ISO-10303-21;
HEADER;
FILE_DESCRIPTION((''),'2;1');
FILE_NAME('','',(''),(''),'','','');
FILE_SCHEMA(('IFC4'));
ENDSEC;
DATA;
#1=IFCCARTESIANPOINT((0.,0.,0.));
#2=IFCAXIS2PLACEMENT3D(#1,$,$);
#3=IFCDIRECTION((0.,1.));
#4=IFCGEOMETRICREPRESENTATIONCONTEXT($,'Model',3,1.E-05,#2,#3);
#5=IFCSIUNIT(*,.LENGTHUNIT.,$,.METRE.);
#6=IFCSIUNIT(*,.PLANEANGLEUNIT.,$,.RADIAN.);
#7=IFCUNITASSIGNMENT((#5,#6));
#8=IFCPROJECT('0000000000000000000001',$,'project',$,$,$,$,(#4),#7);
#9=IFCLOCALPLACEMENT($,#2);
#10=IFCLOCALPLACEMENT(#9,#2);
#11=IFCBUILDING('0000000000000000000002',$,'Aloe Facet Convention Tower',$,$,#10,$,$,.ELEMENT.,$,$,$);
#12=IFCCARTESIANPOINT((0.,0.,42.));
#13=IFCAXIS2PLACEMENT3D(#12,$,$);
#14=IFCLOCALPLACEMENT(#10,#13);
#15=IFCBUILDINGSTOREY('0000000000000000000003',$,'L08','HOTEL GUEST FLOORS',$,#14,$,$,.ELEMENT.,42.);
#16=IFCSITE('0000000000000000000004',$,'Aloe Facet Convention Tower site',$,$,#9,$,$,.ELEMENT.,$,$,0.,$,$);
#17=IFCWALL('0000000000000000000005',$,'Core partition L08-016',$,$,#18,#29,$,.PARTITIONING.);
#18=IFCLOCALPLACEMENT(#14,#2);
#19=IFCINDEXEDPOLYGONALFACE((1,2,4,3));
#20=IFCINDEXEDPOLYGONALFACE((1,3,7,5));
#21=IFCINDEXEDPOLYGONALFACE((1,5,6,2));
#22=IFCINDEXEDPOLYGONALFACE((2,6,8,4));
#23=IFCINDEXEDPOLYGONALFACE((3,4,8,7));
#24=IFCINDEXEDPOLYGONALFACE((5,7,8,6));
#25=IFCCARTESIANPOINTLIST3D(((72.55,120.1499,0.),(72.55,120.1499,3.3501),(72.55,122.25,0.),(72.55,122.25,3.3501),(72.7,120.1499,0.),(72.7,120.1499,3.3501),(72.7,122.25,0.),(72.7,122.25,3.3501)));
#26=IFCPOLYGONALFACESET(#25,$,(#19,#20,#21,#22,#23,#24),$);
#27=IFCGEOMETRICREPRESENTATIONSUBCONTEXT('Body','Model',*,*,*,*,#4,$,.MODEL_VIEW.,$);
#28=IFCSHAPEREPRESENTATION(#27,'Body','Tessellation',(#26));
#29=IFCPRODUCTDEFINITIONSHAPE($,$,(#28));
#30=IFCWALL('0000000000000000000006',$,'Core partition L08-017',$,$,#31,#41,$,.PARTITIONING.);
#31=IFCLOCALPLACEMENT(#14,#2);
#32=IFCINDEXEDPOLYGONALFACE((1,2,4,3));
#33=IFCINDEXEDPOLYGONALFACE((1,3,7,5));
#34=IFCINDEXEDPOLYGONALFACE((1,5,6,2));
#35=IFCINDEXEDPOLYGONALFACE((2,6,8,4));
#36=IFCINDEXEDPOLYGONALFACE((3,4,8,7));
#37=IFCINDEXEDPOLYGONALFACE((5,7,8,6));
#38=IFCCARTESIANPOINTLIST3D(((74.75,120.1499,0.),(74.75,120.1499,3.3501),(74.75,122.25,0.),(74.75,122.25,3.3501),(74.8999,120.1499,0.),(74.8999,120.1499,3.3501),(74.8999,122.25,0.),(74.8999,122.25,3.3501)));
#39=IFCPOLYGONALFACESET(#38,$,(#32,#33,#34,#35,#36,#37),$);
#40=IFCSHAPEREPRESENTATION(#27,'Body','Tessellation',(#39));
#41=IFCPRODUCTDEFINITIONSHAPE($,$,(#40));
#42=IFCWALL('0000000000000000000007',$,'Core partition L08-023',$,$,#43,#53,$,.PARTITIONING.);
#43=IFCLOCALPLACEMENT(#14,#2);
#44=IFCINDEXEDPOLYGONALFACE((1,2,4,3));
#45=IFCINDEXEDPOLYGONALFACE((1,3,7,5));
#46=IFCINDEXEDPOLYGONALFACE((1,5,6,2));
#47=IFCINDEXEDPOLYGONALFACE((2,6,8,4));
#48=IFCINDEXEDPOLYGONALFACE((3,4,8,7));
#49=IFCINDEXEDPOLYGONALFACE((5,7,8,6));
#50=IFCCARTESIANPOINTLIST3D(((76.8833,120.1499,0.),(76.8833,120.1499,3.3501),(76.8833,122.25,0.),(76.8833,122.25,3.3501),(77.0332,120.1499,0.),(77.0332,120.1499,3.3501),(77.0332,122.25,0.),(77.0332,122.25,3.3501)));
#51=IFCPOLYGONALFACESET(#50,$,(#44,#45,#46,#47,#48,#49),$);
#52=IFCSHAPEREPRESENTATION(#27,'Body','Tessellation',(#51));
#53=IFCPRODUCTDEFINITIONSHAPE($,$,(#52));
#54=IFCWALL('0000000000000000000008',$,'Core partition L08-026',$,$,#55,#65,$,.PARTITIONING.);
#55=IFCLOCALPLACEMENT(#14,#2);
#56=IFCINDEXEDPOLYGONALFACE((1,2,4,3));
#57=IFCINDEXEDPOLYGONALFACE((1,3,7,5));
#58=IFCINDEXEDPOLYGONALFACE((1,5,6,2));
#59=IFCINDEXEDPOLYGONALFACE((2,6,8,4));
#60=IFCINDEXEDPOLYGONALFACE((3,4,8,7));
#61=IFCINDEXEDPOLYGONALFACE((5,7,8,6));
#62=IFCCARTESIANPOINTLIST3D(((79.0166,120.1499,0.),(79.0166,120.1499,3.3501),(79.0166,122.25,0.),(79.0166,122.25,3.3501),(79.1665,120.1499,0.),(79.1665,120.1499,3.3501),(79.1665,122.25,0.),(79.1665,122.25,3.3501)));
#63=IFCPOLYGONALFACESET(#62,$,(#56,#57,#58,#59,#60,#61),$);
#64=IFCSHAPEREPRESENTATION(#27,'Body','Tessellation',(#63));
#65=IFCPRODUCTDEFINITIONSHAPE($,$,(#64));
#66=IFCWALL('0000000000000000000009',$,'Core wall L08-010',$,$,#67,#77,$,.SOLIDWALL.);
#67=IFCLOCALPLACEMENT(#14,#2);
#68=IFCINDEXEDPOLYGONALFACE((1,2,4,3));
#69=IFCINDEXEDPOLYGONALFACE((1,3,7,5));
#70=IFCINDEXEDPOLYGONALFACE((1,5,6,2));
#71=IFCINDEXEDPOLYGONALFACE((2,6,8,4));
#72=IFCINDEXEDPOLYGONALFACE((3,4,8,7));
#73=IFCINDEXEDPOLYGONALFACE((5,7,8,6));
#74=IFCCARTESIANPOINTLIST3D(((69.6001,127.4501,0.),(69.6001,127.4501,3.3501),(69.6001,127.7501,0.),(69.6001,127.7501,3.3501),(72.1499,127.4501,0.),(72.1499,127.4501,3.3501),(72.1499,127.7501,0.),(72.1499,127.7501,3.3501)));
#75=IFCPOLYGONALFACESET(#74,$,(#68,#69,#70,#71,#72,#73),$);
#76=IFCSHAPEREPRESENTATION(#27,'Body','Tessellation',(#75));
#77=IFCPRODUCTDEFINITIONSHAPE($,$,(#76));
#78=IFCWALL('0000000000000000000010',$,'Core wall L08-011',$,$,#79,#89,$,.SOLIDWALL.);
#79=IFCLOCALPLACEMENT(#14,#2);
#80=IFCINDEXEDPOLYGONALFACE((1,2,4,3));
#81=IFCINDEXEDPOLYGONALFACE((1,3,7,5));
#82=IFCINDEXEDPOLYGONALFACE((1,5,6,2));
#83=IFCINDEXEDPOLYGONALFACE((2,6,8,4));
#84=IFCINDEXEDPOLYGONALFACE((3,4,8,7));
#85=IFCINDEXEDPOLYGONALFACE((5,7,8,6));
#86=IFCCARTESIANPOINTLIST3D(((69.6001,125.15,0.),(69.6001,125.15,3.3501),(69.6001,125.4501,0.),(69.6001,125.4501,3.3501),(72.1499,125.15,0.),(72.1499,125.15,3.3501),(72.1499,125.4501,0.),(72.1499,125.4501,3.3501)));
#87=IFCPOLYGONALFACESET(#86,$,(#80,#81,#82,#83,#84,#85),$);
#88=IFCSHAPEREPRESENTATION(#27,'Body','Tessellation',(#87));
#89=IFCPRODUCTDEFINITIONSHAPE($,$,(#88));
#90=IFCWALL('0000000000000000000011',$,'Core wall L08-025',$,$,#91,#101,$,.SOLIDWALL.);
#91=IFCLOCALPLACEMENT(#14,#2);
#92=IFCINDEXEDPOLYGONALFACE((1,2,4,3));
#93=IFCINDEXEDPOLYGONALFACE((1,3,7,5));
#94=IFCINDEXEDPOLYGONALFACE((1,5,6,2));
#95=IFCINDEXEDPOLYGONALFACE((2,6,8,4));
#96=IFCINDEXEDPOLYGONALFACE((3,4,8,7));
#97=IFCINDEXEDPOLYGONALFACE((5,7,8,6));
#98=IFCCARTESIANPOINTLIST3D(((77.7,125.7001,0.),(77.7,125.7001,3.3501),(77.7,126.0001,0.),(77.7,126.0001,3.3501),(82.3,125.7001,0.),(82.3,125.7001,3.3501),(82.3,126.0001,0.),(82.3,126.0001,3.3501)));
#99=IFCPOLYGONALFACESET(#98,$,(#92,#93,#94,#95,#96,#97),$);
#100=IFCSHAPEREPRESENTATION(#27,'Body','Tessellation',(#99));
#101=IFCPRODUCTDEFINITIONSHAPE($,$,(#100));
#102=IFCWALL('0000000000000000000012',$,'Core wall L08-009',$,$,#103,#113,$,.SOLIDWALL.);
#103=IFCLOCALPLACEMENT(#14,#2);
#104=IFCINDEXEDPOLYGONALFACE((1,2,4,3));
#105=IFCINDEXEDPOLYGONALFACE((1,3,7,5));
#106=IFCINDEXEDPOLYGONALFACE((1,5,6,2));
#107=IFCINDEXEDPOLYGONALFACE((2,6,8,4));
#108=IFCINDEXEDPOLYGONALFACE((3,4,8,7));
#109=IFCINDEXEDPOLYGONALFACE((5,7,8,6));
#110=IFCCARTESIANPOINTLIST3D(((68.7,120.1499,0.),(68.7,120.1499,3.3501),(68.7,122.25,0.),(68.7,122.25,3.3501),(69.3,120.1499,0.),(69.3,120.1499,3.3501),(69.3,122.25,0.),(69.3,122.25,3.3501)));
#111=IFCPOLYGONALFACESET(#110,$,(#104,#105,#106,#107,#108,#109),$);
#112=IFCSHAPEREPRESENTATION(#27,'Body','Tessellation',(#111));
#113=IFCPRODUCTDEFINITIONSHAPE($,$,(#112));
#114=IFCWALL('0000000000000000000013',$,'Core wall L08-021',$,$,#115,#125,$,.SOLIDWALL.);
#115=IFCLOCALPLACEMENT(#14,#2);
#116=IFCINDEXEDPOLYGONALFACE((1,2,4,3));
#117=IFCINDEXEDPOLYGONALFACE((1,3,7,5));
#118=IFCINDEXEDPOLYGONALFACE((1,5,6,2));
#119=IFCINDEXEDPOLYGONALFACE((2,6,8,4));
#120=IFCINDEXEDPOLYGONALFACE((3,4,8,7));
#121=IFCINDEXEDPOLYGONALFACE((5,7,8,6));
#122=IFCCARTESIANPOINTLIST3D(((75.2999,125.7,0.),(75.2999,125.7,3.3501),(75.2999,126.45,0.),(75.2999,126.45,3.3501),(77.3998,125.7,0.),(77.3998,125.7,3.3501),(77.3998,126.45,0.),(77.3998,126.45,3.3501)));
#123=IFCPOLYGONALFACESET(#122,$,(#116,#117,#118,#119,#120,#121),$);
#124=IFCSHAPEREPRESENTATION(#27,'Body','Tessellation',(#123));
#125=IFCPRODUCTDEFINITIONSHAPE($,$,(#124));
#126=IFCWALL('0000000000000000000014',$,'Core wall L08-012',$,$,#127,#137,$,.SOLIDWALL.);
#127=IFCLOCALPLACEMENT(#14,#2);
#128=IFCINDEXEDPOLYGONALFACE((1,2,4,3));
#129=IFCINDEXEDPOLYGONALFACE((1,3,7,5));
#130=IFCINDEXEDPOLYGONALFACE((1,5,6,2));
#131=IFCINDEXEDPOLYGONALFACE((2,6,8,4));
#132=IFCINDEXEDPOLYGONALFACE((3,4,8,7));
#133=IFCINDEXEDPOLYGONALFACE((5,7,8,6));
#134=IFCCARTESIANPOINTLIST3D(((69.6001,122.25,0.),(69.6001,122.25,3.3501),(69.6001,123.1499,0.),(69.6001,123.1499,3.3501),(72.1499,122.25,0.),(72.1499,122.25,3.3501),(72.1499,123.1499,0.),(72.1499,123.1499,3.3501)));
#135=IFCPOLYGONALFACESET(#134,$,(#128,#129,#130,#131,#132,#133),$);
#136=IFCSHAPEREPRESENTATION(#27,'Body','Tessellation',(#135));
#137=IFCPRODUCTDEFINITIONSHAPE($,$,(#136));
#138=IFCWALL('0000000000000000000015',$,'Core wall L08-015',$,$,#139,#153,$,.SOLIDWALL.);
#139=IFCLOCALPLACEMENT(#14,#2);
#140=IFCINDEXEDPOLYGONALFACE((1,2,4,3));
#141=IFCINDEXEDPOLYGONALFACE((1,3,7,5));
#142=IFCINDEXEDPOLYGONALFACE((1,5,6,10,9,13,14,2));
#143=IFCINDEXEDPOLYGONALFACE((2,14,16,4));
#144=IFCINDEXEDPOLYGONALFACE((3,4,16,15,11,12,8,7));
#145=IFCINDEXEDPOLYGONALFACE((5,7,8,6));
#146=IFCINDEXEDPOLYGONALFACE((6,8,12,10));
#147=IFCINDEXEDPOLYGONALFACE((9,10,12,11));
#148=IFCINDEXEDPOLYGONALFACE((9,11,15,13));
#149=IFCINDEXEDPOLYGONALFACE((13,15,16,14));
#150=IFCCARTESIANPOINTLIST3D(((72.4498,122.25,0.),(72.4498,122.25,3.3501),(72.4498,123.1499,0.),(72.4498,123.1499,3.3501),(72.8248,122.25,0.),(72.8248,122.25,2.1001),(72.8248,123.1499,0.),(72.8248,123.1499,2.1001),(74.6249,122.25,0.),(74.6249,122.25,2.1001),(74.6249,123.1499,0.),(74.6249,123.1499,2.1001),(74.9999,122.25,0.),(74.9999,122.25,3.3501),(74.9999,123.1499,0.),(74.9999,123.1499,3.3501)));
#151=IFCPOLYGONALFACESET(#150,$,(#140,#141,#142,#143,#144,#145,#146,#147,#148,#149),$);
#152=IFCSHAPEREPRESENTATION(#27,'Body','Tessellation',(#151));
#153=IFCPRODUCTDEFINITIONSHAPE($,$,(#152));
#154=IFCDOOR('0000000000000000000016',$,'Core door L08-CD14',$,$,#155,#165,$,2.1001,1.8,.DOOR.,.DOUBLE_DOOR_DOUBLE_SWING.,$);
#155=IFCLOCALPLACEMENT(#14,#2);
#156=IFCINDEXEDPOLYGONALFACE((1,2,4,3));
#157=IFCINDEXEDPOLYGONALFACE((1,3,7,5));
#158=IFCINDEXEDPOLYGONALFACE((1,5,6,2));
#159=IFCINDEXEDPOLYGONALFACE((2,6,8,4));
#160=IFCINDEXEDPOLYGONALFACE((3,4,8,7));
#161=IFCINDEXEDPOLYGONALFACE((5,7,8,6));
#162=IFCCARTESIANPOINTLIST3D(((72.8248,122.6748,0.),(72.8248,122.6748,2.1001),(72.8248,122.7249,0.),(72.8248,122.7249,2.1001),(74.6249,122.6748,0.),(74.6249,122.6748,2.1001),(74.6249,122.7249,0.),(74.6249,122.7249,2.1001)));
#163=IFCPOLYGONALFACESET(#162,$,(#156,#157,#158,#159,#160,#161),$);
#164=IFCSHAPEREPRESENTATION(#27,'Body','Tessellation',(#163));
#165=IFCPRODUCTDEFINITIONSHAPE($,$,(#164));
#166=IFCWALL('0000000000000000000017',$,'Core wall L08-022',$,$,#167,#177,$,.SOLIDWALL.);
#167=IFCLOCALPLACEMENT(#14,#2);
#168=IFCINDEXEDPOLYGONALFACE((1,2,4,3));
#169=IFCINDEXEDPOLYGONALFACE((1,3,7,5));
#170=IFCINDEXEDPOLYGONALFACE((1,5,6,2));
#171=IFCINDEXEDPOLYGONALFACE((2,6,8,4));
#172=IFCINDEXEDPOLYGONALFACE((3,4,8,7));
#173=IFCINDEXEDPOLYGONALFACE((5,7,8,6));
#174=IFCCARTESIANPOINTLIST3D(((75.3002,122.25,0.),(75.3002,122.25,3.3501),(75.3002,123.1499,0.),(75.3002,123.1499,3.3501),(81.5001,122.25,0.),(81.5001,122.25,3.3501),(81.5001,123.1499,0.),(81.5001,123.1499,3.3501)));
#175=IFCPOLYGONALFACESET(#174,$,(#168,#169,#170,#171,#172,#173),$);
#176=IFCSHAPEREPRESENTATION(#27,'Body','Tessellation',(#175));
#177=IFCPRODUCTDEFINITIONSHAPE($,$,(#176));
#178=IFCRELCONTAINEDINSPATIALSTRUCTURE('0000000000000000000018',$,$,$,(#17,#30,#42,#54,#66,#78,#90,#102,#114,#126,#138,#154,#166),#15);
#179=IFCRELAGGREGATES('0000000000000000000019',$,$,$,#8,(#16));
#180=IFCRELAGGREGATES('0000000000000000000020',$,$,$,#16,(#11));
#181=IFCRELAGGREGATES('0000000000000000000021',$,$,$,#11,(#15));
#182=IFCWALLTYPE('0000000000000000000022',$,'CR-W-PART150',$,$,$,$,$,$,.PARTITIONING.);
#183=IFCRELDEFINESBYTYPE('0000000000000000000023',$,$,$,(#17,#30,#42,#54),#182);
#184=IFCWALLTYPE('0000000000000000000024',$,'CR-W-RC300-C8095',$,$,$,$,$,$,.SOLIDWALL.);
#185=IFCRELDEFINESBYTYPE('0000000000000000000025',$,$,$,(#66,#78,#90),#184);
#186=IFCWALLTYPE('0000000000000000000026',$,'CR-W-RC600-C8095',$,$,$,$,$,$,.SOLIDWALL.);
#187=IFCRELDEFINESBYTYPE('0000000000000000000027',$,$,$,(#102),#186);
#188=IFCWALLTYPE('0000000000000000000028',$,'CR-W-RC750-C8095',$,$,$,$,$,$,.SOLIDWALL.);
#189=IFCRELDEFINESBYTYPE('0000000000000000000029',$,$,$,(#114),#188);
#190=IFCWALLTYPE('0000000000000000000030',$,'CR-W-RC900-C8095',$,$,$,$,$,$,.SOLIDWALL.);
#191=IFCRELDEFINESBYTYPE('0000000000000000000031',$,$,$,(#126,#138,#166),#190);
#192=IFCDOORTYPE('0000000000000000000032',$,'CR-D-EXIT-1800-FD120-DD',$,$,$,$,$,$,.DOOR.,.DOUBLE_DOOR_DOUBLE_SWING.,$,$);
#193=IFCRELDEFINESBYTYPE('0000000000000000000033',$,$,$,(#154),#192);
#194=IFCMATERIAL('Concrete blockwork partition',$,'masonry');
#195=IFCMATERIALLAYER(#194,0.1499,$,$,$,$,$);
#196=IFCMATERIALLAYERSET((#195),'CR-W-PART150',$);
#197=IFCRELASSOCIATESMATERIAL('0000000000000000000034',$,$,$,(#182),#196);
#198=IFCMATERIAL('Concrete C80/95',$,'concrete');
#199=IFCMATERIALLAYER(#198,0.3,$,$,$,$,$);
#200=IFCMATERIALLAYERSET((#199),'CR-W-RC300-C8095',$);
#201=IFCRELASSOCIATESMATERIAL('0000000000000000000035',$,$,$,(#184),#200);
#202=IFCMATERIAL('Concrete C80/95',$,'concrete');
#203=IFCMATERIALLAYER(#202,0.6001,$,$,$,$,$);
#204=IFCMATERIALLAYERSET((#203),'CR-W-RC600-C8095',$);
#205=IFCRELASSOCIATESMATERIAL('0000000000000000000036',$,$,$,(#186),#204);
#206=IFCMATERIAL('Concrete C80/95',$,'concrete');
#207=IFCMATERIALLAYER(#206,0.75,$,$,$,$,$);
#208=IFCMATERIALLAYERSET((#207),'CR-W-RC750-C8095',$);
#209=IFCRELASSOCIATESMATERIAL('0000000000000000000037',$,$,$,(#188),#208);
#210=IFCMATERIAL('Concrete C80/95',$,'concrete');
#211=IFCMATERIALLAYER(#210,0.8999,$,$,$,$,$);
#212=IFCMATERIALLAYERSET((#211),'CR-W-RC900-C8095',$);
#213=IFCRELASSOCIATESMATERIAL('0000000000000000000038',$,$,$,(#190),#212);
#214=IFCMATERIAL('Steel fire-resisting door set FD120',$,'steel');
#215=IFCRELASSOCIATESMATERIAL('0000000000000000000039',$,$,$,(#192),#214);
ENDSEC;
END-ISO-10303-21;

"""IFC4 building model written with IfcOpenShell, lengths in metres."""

from ifc_helpers import new_model, si_unit, direction, frame, frame_2d, origin, place, context, subcontext, project, spatial, rectangle, extrude, material, layer, layer_set, type_object, element, fill, save


model = new_model("IFC4")

# Units and contexts
model_context = context("Model", 3, precision=1e-05, world=origin(), true_north=direction((0.0, 1.0)))
body_context = subcontext(model_context, "Body", "Model", "MODEL_VIEW")
ifc_project = project(units=[si_unit("LENGTHUNIT", "METRE"), si_unit("PLANEANGLEUNIT", "RADIAN")], contexts=[model_context])

# Site, building, storey
site_placement = place(None, origin())
site = spatial("IfcSite", under=ifc_project, at=site_placement, Name="Aloe Facet Convention Tower site", CompositionType="ELEMENT", RefElevation=0.0)
building_placement = place(site_placement, origin())
building = spatial("IfcBuilding", under=site, at=building_placement, Name="Aloe Facet Convention Tower", CompositionType="ELEMENT")
storey_placement = place(building_placement, frame((0.0, 0.0, 42.0)))
storey = spatial("IfcBuildingStorey", under=building, at=storey_placement, Name="L08", Description="HOTEL GUEST FLOORS", CompositionType="ELEMENT", Elevation=42.0)

# Walls
ifc_material_1 = material(Name="Concrete blockwork partition", Category="masonry")
ifc_layer_1 = layer(ifc_material_1, 0.1499)
ifc_layer_set_1 = layer_set([ifc_layer_1], Name="CR-W-PART150")
wall_type_1 = type_object("IfcWallType", Name="CR-W-PART150", PredefinedType="PARTITIONING", material=ifc_layer_set_1)
for number, where, z_axis, x_axis, name in (
    (1, (72.625, 122.25, 0.0), (0.0, 0.0, 1.0), (0.0, -1.0, 0.0), "Core partition L08-016"),
    (2, (74.825, 122.25, 0.0), (0.0, 0.0, 1.0), (0.0, -1.0, 0.0), "Core partition L08-017"),
    (3, (76.9583, 122.25, 0.0), (0.0, 0.0, 1.0), (0.0, -1.0, 0.0), "Core partition L08-023"),
    (4, (79.0916, 122.25, 0.0), (0.0, 0.0, 1.0), (0.0, -1.0, 0.0), "Core partition L08-026"),
):
    element("IfcWall", number, at=place(storey_placement, frame(where, z_axis=z_axis, x_axis=x_axis)), inside=storey, type_object=wall_type_1, Name=name, PredefinedType="PARTITIONING", context=body_context, shape_type="SweptSolid", body=[
        extrude(rectangle(XDim=2.1001, YDim=0.1499, at=frame_2d((1.05, 0.0))), origin(), (0.0, 0.0, 1.0), 3.3501),
    ])
ifc_material_2 = material(Name="Concrete C80/95", Category="concrete")
ifc_layer_2 = layer(ifc_material_2, 0.3)
ifc_layer_set_2 = layer_set([ifc_layer_2], Name="CR-W-RC300-C8095")
wall_type_2 = type_object("IfcWallType", Name="CR-W-RC300-C8095", PredefinedType="SOLIDWALL", material=ifc_layer_set_2)
for number, where, z_axis, x_axis, name in (
    (5, (69.6001, 127.6001, 0.0), (0.0, 0.0, 1.0), (1.0, 0.0, 0.0), "Core wall L08-010"),
    (6, (69.6001, 125.3, 0.0), (0.0, 0.0, 1.0), (1.0, 0.0, 0.0), "Core wall L08-011"),
):
    element("IfcWall", number, at=place(storey_placement, frame(where, z_axis=z_axis, x_axis=x_axis)), inside=storey, type_object=wall_type_2, Name=name, PredefinedType="SOLIDWALL", context=body_context, shape_type="SweptSolid", body=[
        extrude(rectangle(XDim=2.5498, YDim=0.3, at=frame_2d((1.2749, 0.0))), origin(), (0.0, 0.0, 1.0), 3.3501),
    ])
wall_1_placement = place(storey_placement, frame((77.7, 125.8501, 0.0), z_axis=(0.0, 0.0, 1.0), x_axis=(1.0, 0.0, 0.0)))
element("IfcWall", 7, at=wall_1_placement, inside=storey, type_object=wall_type_2, Name="Core wall L08-025", PredefinedType="SOLIDWALL", context=body_context, shape_type="SweptSolid", body=[
    extrude(rectangle(XDim=4.6001, YDim=0.3, at=frame_2d((2.3, 0.0))), origin(), (0.0, 0.0, 1.0), 3.3501),
])
ifc_material_3 = material(Name="Concrete C80/95", Category="concrete")
ifc_layer_3 = layer(ifc_material_3, 0.6001)
ifc_layer_set_3 = layer_set([ifc_layer_3], Name="CR-W-RC600-C8095")
wall_type_3 = type_object("IfcWallType", Name="CR-W-RC600-C8095", PredefinedType="SOLIDWALL", material=ifc_layer_set_3)
wall_2_placement = place(storey_placement, frame((69.0, 122.25, 0.0), z_axis=(0.0, 0.0, 1.0), x_axis=(0.0, -1.0, 0.0)))
element("IfcWall", 8, at=wall_2_placement, inside=storey, type_object=wall_type_3, Name="Core wall L08-009", PredefinedType="SOLIDWALL", context=body_context, shape_type="SweptSolid", body=[
    extrude(rectangle(XDim=2.1001, YDim=0.6001, at=frame_2d((1.05, 0.0))), origin(), (0.0, 0.0, 1.0), 3.3501),
])
ifc_material_4 = material(Name="Concrete C80/95", Category="concrete")
ifc_layer_4 = layer(ifc_material_4, 0.75)
ifc_layer_set_4 = layer_set([ifc_layer_4], Name="CR-W-RC750-C8095")
wall_type_4 = type_object("IfcWallType", Name="CR-W-RC750-C8095", PredefinedType="SOLIDWALL", material=ifc_layer_set_4)
wall_3_placement = place(storey_placement, frame((75.3, 126.075, 0.0), z_axis=(0.0, 0.0, 1.0), x_axis=(1.0, 0.0, 0.0)))
element("IfcWall", 9, at=wall_3_placement, inside=storey, type_object=wall_type_4, Name="Core wall L08-021", PredefinedType="SOLIDWALL", context=body_context, shape_type="SweptSolid", body=[
    extrude(rectangle(XDim=2.0999, YDim=0.75, at=frame_2d((1.0498, 0.0))), origin(), (0.0, 0.0, 1.0), 3.3501),
])
ifc_material_5 = material(Name="Concrete C80/95", Category="concrete")
ifc_layer_5 = layer(ifc_material_5, 0.8999)
ifc_layer_set_5 = layer_set([ifc_layer_5], Name="CR-W-RC900-C8095")
wall_type_5 = type_object("IfcWallType", Name="CR-W-RC900-C8095", PredefinedType="SOLIDWALL", material=ifc_layer_set_5)
wall_4_placement = place(storey_placement, frame((69.6001, 122.7, 0.0), z_axis=(0.0, 0.0, 1.0), x_axis=(1.0, 0.0, 0.0)))
element("IfcWall", 10, at=wall_4_placement, inside=storey, type_object=wall_type_5, Name="Core wall L08-012", PredefinedType="SOLIDWALL", context=body_context, shape_type="SweptSolid", body=[
    extrude(rectangle(XDim=2.5498, YDim=0.8999, at=frame_2d((1.2749, 0.0))), origin(), (0.0, 0.0, 1.0), 3.3501),
])

# Wall, opening, door
wall_5_placement = place(storey_placement, frame((72.45, 122.7, 0.0), z_axis=(0.0, 0.0, 1.0), x_axis=(1.0, 0.0, 0.0)))
wall_5 = element("IfcWall", 11, at=wall_5_placement, inside=storey, type_object=wall_type_5, Name="Core wall L08-015", PredefinedType="SOLIDWALL", context=body_context, shape_type="SweptSolid", body=[
    extrude(rectangle(XDim=2.55, YDim=0.8999, at=frame_2d((1.2749, 0.0))), origin(), (0.0, 0.0, 1.0), 3.3501),
])
opening_placement = place(wall_5_placement, frame((0.375, 0.0, 0.0)))
opening = element("IfcOpeningElement", 12, at=opening_placement, cuts=wall_5, PredefinedType="OPENING", context=body_context, shape_type="SweptSolid", body=[
    extrude(rectangle(XDim=1.8, YDim=2.1001, at=frame_2d((0.8999, 1.05))), frame((0.0, 0.46, 0.0), z_axis=(0.0, -1.0, 0.0), x_axis=(1.0, 0.0, 0.0)), (0.0, 0.0, 1.0), 0.9199),
])
ifc_material_6 = material(Name="Steel fire-resisting door set FD120", Category="steel")
door_type = type_object("IfcDoorType", Name="CR-D-EXIT-1800-FD120-DD", OperationType="DOUBLE_DOOR_DOUBLE_SWING", PredefinedType="DOOR", material=ifc_material_6)
door_placement = place(opening_placement, origin())
door = element("IfcDoor", 13, at=door_placement, inside=storey, type_object=door_type, Name="Core door L08-CD14", OperationType="DOUBLE_DOOR_DOUBLE_SWING", OverallHeight=2.1001, OverallWidth=1.8, PredefinedType="DOOR", context=body_context, shape_type="SweptSolid", body=[
    extrude(rectangle(XDim=1.8, YDim=2.1001, at=frame_2d((0.8999, 1.05))), frame((0.0, 0.0249, 0.0), z_axis=(0.0, -1.0, 0.0), x_axis=(1.0, 0.0, 0.0)), (0.0, 0.0, 1.0), 0.05),
])
fill(opening, door)

# Wall
wall_6_placement = place(storey_placement, frame((75.3, 122.7, 0.0), z_axis=(0.0, 0.0, 1.0), x_axis=(1.0, 0.0, 0.0)))
element("IfcWall", 14, at=wall_6_placement, inside=storey, type_object=wall_type_5, Name="Core wall L08-022", PredefinedType="SOLIDWALL", context=body_context, shape_type="SweptSolid", body=[
    extrude(rectangle(XDim=6.2, YDim=0.8999, at=frame_2d((3.1001, 0.0))), origin(), (0.0, 0.0, 1.0), 3.3501),
])

save(model, "model.ifc")
